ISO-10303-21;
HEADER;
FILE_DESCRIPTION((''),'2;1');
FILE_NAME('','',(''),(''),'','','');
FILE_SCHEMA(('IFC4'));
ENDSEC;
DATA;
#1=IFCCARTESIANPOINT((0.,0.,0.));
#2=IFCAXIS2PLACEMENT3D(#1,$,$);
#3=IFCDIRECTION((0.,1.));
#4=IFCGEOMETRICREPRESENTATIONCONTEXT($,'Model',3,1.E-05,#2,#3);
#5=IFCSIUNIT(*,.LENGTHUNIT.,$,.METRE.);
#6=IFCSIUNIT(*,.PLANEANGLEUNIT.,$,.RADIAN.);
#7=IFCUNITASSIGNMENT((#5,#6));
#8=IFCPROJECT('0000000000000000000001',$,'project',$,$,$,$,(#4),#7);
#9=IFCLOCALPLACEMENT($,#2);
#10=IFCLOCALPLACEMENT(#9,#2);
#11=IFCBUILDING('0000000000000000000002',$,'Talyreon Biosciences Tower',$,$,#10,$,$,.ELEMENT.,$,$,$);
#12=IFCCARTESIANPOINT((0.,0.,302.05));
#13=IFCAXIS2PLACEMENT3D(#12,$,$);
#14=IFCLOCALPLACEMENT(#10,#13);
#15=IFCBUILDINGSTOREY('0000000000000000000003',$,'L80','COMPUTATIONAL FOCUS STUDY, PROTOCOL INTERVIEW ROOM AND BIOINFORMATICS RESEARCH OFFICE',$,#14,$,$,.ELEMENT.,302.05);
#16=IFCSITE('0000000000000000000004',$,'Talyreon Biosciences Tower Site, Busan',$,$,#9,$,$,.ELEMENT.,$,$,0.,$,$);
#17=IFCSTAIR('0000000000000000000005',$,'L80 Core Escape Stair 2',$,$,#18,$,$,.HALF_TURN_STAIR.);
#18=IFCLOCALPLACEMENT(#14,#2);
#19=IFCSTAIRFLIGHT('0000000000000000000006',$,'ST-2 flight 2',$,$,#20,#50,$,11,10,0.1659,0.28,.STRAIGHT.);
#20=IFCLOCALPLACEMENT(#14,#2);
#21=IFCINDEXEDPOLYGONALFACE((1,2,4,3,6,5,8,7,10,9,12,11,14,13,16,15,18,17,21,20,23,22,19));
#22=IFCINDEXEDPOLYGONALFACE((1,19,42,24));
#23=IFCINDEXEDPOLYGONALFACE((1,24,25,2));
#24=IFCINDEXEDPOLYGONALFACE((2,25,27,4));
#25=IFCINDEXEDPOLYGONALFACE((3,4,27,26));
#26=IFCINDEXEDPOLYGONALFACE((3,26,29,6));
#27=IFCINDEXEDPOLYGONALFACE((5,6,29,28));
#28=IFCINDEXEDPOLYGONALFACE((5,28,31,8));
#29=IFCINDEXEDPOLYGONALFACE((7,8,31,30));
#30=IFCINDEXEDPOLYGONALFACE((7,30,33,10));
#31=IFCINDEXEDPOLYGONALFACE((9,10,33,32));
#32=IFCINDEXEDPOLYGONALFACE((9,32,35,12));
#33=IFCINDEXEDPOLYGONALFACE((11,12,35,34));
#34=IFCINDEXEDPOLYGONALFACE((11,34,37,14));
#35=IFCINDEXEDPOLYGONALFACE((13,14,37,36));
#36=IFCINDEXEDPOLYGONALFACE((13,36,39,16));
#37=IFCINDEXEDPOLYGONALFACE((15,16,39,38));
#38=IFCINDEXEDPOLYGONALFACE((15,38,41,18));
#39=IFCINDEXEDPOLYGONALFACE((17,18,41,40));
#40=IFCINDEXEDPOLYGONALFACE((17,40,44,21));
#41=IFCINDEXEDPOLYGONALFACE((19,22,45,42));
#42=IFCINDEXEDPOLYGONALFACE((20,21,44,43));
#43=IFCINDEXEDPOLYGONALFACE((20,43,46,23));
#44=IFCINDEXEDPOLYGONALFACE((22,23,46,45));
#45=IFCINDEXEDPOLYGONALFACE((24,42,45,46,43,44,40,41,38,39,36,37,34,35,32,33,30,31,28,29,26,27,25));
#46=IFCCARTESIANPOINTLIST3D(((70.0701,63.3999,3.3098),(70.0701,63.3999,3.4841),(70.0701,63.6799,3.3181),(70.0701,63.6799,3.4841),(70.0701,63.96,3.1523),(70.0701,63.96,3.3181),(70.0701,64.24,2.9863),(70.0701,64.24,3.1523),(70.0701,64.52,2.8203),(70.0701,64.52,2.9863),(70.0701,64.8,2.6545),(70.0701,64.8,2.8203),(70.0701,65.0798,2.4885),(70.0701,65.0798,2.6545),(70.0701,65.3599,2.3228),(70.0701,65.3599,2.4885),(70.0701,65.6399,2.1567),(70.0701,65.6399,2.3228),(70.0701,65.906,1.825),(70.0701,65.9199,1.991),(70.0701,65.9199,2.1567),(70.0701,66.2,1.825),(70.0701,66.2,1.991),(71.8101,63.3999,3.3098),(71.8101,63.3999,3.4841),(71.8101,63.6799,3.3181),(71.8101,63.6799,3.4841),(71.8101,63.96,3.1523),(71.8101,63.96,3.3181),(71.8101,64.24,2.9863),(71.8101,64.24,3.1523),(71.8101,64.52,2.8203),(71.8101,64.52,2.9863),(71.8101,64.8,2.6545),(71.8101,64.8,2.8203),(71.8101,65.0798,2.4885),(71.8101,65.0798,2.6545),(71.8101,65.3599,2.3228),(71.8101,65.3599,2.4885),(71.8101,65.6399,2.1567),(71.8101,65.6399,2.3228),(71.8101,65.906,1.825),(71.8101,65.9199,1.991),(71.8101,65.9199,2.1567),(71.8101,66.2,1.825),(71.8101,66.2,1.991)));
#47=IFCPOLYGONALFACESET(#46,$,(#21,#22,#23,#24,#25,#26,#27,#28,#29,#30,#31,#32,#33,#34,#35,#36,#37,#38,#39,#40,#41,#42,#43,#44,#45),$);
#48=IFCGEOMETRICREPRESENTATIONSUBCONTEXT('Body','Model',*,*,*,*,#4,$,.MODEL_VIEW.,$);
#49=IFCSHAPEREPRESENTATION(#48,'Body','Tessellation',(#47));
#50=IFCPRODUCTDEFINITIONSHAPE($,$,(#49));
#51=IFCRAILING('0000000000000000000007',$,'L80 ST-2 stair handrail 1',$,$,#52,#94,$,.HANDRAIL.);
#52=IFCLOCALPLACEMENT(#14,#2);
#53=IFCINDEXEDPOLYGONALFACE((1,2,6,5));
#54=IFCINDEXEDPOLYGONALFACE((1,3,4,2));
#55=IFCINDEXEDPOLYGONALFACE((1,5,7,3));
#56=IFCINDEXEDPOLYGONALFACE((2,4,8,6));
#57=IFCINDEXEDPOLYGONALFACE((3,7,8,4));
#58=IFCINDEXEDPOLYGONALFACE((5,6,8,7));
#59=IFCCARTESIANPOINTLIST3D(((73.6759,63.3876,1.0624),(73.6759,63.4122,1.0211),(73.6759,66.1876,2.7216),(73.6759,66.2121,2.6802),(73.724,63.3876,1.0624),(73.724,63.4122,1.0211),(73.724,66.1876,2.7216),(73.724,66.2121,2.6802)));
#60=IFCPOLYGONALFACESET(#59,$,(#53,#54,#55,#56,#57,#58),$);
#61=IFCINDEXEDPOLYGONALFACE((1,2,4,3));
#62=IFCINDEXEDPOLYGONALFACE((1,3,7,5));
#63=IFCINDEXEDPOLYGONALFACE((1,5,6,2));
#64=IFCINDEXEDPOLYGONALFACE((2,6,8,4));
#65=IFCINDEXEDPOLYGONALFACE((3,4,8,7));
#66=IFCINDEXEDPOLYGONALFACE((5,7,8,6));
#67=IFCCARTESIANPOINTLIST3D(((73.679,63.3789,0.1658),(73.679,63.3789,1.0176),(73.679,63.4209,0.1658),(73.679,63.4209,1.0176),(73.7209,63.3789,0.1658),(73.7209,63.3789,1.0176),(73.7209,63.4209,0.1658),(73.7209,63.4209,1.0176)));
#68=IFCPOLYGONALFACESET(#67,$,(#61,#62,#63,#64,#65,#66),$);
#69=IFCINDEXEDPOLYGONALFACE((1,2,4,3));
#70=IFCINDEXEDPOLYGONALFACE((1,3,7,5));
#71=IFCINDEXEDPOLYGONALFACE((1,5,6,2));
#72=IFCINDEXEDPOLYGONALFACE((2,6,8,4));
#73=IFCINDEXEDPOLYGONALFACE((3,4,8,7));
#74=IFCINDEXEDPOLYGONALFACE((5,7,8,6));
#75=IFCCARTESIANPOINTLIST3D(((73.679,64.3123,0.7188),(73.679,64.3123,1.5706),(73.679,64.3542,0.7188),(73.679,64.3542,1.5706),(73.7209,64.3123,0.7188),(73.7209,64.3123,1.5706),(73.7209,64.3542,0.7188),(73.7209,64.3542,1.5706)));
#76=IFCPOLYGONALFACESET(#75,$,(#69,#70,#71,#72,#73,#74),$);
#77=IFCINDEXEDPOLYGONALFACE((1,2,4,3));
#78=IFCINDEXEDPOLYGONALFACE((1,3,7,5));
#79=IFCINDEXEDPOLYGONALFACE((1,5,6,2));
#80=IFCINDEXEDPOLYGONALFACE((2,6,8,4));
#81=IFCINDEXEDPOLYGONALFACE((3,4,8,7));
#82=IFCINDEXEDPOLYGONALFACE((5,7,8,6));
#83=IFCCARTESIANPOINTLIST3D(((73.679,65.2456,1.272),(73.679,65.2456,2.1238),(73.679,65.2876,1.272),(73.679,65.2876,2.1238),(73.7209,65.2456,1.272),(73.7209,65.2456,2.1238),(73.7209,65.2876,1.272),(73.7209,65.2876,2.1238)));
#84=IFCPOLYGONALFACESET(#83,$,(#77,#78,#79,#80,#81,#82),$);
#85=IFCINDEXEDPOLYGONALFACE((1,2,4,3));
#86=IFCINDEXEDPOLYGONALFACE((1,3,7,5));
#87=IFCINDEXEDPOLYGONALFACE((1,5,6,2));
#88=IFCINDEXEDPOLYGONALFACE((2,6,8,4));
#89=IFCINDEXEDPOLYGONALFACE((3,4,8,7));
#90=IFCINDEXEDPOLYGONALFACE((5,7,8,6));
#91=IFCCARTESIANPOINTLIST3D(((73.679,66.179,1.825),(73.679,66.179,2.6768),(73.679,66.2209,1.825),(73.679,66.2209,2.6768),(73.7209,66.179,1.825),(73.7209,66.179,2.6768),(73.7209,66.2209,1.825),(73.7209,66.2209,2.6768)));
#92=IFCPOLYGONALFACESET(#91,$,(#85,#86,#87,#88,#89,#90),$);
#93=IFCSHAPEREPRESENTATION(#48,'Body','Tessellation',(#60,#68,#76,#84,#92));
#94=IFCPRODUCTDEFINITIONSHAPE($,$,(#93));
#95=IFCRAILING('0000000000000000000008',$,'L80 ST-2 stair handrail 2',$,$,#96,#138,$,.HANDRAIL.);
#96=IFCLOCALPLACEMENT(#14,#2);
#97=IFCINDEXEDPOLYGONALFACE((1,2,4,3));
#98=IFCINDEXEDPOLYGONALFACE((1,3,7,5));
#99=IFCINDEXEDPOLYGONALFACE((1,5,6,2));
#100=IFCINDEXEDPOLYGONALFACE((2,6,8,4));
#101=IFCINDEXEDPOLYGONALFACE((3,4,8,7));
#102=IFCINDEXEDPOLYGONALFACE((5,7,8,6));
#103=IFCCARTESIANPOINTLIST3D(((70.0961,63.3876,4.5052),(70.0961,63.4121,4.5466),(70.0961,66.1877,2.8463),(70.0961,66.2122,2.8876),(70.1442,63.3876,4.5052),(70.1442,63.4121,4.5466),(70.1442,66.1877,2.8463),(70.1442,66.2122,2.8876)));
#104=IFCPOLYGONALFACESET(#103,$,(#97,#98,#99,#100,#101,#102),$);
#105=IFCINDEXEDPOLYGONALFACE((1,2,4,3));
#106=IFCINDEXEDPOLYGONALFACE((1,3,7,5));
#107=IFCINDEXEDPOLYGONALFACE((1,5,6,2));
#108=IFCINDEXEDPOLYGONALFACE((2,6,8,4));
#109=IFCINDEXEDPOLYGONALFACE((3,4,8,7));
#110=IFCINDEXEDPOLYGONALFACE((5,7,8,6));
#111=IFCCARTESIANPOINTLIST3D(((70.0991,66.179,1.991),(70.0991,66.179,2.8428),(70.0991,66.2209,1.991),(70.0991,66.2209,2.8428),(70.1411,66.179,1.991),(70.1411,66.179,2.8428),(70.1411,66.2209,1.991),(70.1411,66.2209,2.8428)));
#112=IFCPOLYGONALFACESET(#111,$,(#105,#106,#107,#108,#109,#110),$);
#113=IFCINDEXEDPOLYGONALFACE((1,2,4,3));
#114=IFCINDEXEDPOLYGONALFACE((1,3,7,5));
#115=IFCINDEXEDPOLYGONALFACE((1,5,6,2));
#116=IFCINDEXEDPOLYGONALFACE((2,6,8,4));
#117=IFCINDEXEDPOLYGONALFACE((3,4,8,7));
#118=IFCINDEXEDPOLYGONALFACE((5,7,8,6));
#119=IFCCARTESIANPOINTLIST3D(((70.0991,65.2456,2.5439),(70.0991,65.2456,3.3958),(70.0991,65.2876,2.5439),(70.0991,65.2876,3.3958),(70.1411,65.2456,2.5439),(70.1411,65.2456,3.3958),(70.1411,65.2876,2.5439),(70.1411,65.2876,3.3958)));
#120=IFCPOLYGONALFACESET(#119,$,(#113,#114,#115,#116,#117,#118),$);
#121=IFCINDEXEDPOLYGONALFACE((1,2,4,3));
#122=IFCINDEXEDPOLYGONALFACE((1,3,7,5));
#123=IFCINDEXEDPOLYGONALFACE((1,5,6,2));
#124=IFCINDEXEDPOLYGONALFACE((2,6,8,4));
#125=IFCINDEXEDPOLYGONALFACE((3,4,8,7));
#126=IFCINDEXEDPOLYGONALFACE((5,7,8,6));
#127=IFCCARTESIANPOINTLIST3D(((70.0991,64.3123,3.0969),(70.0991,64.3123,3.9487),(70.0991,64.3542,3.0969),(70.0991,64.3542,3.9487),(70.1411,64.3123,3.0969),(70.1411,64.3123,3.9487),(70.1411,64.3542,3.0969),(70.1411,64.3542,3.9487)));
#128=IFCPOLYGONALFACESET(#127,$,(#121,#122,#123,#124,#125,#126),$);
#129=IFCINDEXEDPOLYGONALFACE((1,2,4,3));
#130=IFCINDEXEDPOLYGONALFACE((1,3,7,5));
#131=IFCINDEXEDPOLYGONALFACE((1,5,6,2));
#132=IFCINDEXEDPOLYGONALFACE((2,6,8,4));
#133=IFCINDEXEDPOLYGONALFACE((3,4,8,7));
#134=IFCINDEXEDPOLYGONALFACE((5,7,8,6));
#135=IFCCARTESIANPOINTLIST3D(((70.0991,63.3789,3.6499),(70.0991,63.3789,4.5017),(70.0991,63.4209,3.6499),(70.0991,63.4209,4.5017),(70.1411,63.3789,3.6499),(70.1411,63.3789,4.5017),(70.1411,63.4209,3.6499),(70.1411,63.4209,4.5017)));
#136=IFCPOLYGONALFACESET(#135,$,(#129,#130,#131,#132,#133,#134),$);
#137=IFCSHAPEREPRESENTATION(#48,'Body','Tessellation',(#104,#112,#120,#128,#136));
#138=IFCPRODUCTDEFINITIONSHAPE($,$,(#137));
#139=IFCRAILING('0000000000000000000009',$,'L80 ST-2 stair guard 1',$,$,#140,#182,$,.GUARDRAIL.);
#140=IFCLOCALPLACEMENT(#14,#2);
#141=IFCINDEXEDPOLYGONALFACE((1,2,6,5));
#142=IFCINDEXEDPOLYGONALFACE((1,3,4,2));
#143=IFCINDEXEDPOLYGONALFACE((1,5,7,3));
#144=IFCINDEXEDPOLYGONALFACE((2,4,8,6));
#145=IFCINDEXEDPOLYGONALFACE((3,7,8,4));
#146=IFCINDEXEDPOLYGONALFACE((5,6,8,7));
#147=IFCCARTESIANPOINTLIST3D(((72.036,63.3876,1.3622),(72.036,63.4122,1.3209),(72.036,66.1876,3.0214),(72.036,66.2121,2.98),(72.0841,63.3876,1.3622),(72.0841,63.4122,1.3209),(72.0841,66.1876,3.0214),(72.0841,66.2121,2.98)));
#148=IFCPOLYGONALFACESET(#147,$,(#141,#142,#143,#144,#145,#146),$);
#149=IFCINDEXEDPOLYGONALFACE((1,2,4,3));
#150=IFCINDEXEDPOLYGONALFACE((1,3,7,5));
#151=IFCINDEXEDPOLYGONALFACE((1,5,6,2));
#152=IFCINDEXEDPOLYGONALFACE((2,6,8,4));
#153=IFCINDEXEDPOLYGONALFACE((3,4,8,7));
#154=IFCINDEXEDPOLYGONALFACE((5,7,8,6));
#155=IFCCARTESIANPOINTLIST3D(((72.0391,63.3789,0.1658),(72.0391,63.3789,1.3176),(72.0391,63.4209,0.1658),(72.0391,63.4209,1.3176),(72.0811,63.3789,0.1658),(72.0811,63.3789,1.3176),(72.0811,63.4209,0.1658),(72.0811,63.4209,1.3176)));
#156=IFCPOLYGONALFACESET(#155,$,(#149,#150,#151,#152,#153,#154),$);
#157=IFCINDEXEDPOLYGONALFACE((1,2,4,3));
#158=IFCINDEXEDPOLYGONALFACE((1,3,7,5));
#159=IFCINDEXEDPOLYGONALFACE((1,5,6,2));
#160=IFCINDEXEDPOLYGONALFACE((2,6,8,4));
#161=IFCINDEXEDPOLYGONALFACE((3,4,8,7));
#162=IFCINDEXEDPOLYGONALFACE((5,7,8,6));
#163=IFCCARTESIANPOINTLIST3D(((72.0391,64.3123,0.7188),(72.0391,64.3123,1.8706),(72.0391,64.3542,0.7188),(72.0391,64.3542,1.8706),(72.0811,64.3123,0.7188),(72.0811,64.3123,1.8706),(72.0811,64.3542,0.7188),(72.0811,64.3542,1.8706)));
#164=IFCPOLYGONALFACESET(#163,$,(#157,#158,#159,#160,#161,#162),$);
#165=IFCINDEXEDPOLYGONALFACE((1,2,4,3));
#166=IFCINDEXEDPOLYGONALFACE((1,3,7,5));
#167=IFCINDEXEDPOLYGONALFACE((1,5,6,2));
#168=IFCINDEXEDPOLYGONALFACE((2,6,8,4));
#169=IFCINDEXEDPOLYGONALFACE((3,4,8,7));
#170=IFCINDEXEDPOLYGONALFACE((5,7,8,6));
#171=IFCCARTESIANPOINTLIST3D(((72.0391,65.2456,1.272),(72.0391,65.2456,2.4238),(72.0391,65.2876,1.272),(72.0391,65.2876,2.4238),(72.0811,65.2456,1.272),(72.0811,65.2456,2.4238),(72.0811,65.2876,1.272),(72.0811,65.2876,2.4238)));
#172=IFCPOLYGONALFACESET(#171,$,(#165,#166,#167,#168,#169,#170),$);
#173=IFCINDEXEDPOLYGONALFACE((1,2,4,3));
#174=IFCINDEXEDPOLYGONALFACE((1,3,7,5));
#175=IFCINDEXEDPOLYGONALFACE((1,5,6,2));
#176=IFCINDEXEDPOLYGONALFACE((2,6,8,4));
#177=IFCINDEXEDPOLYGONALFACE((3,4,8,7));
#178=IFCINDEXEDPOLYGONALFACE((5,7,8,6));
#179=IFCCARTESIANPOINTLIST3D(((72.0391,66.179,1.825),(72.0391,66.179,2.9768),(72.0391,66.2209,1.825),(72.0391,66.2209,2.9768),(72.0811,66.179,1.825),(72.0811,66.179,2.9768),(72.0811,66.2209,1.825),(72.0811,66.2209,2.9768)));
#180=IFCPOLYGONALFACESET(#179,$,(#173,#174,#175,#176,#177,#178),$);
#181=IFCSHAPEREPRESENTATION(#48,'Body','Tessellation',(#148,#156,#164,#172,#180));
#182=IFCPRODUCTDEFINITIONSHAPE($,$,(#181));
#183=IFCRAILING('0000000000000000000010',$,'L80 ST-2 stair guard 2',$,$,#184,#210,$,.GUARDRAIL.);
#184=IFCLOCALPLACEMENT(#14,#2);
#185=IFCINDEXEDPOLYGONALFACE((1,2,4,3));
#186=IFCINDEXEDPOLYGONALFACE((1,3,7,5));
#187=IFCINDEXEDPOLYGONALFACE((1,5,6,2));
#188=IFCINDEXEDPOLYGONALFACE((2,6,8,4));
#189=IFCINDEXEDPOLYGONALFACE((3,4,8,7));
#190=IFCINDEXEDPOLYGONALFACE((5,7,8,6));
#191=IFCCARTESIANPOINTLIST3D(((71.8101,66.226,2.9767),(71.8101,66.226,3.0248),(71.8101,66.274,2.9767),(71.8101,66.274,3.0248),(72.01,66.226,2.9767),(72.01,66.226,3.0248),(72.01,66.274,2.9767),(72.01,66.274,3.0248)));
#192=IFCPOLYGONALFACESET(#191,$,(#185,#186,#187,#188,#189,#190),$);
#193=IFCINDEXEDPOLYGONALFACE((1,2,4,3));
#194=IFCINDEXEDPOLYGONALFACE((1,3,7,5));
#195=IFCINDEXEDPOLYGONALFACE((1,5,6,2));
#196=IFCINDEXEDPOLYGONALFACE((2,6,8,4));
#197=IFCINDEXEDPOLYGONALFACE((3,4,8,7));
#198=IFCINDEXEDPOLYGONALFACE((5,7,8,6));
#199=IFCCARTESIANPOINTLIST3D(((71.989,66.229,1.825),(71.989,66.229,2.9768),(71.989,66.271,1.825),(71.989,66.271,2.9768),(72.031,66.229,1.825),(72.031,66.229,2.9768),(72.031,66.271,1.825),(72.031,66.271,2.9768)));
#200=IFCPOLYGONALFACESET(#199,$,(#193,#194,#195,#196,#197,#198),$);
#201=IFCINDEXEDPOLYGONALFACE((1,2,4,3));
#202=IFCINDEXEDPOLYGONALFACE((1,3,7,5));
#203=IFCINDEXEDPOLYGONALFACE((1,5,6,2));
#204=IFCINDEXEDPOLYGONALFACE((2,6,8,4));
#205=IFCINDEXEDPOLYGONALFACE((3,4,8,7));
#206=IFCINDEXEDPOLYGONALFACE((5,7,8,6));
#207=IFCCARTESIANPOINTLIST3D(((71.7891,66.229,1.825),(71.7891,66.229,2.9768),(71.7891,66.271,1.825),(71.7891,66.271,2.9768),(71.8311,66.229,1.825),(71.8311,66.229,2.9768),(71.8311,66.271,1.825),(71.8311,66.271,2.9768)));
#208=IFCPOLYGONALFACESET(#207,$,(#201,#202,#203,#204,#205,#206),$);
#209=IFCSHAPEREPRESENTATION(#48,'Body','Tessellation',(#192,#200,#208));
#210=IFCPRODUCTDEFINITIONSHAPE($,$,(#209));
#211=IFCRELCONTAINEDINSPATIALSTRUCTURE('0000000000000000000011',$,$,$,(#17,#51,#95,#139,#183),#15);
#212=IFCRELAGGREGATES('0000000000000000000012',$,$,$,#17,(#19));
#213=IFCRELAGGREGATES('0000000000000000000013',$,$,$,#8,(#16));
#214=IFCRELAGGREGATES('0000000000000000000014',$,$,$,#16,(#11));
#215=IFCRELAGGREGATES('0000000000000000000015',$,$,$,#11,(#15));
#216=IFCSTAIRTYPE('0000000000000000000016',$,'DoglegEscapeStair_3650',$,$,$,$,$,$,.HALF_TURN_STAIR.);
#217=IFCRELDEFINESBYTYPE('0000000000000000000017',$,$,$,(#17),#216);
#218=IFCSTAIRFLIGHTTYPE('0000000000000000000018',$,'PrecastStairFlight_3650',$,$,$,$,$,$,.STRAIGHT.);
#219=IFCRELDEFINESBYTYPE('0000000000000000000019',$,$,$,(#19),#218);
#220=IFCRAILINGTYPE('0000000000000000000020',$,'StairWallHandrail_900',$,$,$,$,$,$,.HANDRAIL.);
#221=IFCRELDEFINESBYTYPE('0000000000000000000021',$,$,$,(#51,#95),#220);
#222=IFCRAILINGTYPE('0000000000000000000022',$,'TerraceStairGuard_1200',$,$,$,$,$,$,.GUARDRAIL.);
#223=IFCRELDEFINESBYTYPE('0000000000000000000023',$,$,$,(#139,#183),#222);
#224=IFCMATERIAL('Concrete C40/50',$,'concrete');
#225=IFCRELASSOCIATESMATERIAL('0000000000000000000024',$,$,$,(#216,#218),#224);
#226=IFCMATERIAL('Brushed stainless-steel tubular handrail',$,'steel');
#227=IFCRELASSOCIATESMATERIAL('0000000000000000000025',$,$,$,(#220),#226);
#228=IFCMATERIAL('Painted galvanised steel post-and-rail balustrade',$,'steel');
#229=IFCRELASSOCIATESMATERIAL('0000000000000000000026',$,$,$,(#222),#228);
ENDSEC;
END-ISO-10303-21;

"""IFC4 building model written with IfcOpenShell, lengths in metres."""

from ifc_helpers import new_model, si_unit, direction, frame, origin, origin_2d, place, context, subcontext, project, spatial, polyline, rectangle, outline, extrude, material, type_object, element, aggregate, save


model = new_model("IFC4")

# Units and contexts
model_context = context("Model", 3, precision=1e-05, world=origin(), true_north=direction((0.0, 1.0)))
body_context = subcontext(model_context, "Body", "Model", "MODEL_VIEW")
ifc_project = project(units=[si_unit("LENGTHUNIT", "METRE"), si_unit("PLANEANGLEUNIT", "RADIAN")], contexts=[model_context])

# Site, building, storey
site_placement = place(None, origin())
site = spatial("IfcSite", under=ifc_project, at=site_placement, Name="Talyreon Biosciences Tower Site, Busan", CompositionType="ELEMENT", RefElevation=0.0)
building_placement = place(site_placement, origin())
building = spatial("IfcBuilding", under=site, at=building_placement, Name="Talyreon Biosciences Tower", CompositionType="ELEMENT")
storey_placement = place(building_placement, frame((0.0, 0.0, 302.05)))
storey = spatial("IfcBuildingStorey", under=building, at=storey_placement, Name="L80", Description="COMPUTATIONAL FOCUS STUDY, PROTOCOL INTERVIEW ROOM AND BIOINFORMATICS RESEARCH OFFICE", CompositionType="ELEMENT", Elevation=302.05)

# Stair, stair flight
ifc_material_1 = material(Name="Concrete C40/50", Category="concrete")
stair_type = type_object("IfcStairType", Name="DoglegEscapeStair_3650", PredefinedType="HALF_TURN_STAIR", material=ifc_material_1)
stair_placement = place(storey_placement, origin())
stair = element("IfcStair", 1, at=stair_placement, inside=storey, type_object=stair_type, Name="L80 Core Escape Stair 2", PredefinedType="HALF_TURN_STAIR")
stair_flight_type = type_object("IfcStairFlightType", Name="PrecastStairFlight_3650", PredefinedType="STRAIGHT", material=ifc_material_1)
stair_flight_1_placement = place(storey_placement, frame((70.9399, 66.2, 1.825), z_axis=(0.0, 0.0, 1.0), x_axis=(0.0, -1.0, 0.0)))
stair_flight_1 = element("IfcStairFlight", 2, at=stair_flight_1_placement, type_object=stair_flight_type, Name="ST-2 flight 2", NumberOfRisers=11, NumberOfTreads=10, PredefinedType="STRAIGHT", RiserHeight=0.1659, TreadLength=0.28, context=body_context, shape_type="SweptSolid", body=[
    extrude(outline(polyline([(0.0, 0.0), (0.0, 0.166), (0.28, 0.166), (0.28, 0.3318), (0.5601, 0.3318), (0.5601, 0.4978), (0.8401, 0.4978), (0.8401, 0.6636), (1.1201, 0.6636), (1.1201, 0.8296), (1.3999, 0.8296), (1.3999, 0.9954), (1.6799, 0.9954), (1.6799, 1.1614), (1.96, 1.1614), (1.96, 1.3274), (2.24, 1.3274), (2.24, 1.4932), (2.52, 1.4932), (2.52, 1.6592), (2.8, 1.6592), (2.8, 1.825), (2.8, 1.4849), (0.2939, 0.0), (0.0, 0.0)])), frame((0.0, 0.8701, 0.0), z_axis=(0.0, -1.0, 0.0), x_axis=(1.0, 0.0, 0.0)), (0.0, 0.0, 1.0), 1.74),
])
aggregate(stair, [stair_flight_1])

# Railings
ifc_material_2 = material(Name="Brushed stainless-steel tubular handrail", Category="steel")
railing_type_1 = type_object("IfcRailingType", Name="StairWallHandrail_900", PredefinedType="HANDRAIL", material=ifc_material_2)
railing_1_placement = place(storey_placement, frame((73.7, 63.3999, 0.1658)))
element("IfcRailing", 3, at=railing_1_placement, inside=storey, type_object=railing_type_1, Name="L80 ST-2 stair handrail 1", PredefinedType="HANDRAIL", context=body_context, shape_type="SweptSolid", body=[
    extrude(rectangle(XDim=0.0481, YDim=0.0481, at=origin_2d()), frame((0.0, 0.0, 0.876), z_axis=(0.0, 0.860306, 0.509778), x_axis=(-1.0, 0.0, 0.0)), (0.0, 0.0, 1.0), 3.2546),
    extrude(rectangle(XDim=0.042, YDim=0.042, at=origin_2d()), origin(), (0.0, 0.0, 1.0), 0.8518),
    extrude(rectangle(XDim=0.042, YDim=0.042, at=origin_2d()), frame((0.0, 0.9333, 0.553)), (0.0, 0.0, 1.0), 0.8518),
    extrude(rectangle(XDim=0.042, YDim=0.042, at=origin_2d()), frame((0.0, 1.8667, 1.1062)), (0.0, 0.0, 1.0), 0.8518),
    extrude(rectangle(XDim=0.042, YDim=0.042, at=origin_2d()), frame((0.0, 2.8, 1.6592)), (0.0, 0.0, 1.0), 0.8518),
])
railing_2_placement = place(storey_placement, frame((70.1201, 66.2, 1.991)))
element("IfcRailing", 4, at=railing_2_placement, inside=storey, type_object=railing_type_1, Name="L80 ST-2 stair handrail 2", PredefinedType="HANDRAIL", context=body_context, shape_type="SweptSolid", body=[
    extrude(rectangle(XDim=0.0481, YDim=0.0481, at=origin_2d()), frame((0.0, 0.0, 0.876), z_axis=(0.0, -0.860339, 0.509722), x_axis=(1.0, 0.0, 0.0)), (0.0, 0.0, 1.0), 3.2546),
    extrude(rectangle(XDim=0.042, YDim=0.042, at=origin_2d()), origin(), (0.0, 0.0, 1.0), 0.8518),
    extrude(rectangle(XDim=0.042, YDim=0.042, at=origin_2d()), frame((0.0, -0.9333, 0.553)), (0.0, 0.0, 1.0), 0.8518),
    extrude(rectangle(XDim=0.042, YDim=0.042, at=origin_2d()), frame((0.0, -1.8667, 1.106)), (0.0, 0.0, 1.0), 0.8518),
    extrude(rectangle(XDim=0.042, YDim=0.042, at=origin_2d()), frame((0.0, -2.8, 1.6589)), (0.0, 0.0, 1.0), 0.8518),
])
ifc_material_3 = material(Name="Painted galvanised steel post-and-rail balustrade", Category="steel")
railing_type_2 = type_object("IfcRailingType", Name="TerraceStairGuard_1200", PredefinedType="GUARDRAIL", material=ifc_material_3)
railing_3_placement = place(storey_placement, frame((72.0601, 63.3999, 0.1658)))
element("IfcRailing", 5, at=railing_3_placement, inside=storey, type_object=railing_type_2, Name="L80 ST-2 stair guard 1", PredefinedType="GUARDRAIL", context=body_context, shape_type="SweptSolid", body=[
    extrude(rectangle(XDim=0.0481, YDim=0.0481, at=origin_2d()), frame((0.0, 0.0, 1.1758), z_axis=(0.0, 0.860306, 0.509778), x_axis=(-1.0, 0.0, 0.0)), (0.0, 0.0, 1.0), 3.2546),
    extrude(rectangle(XDim=0.042, YDim=0.042, at=origin_2d()), origin(), (0.0, 0.0, 1.0), 1.1519),
    extrude(rectangle(XDim=0.042, YDim=0.042, at=origin_2d()), frame((0.0, 0.9333, 0.553)), (0.0, 0.0, 1.0), 1.1519),
    extrude(rectangle(XDim=0.042, YDim=0.042, at=origin_2d()), frame((0.0, 1.8667, 1.1062)), (0.0, 0.0, 1.0), 1.1519),
    extrude(rectangle(XDim=0.042, YDim=0.042, at=origin_2d()), frame((0.0, 2.8, 1.6592)), (0.0, 0.0, 1.0), 1.1519),
])
railing_4_placement = place(storey_placement, frame((72.01, 66.25, 1.825)))
element("IfcRailing", 6, at=railing_4_placement, inside=storey, type_object=railing_type_2, Name="L80 ST-2 stair guard 2", PredefinedType="GUARDRAIL", context=body_context, shape_type="SweptSolid", body=[
    extrude(rectangle(XDim=0.0481, YDim=0.0481, at=origin_2d()), frame((0.0, 0.0, 1.1758), z_axis=(-1.0, 0.0, 0.0), x_axis=(0.0, -1.0, 0.0)), (0.0, 0.0, 1.0), 0.2),
    extrude(rectangle(XDim=0.042, YDim=0.042, at=origin_2d()), origin(), (0.0, 0.0, 1.0), 1.1519),
    extrude(rectangle(XDim=0.042, YDim=0.042, at=origin_2d()), frame((-0.2, 0.0, 0.0)), (0.0, 0.0, 1.0), 1.1519),
])

save(model, "model.ifc")
